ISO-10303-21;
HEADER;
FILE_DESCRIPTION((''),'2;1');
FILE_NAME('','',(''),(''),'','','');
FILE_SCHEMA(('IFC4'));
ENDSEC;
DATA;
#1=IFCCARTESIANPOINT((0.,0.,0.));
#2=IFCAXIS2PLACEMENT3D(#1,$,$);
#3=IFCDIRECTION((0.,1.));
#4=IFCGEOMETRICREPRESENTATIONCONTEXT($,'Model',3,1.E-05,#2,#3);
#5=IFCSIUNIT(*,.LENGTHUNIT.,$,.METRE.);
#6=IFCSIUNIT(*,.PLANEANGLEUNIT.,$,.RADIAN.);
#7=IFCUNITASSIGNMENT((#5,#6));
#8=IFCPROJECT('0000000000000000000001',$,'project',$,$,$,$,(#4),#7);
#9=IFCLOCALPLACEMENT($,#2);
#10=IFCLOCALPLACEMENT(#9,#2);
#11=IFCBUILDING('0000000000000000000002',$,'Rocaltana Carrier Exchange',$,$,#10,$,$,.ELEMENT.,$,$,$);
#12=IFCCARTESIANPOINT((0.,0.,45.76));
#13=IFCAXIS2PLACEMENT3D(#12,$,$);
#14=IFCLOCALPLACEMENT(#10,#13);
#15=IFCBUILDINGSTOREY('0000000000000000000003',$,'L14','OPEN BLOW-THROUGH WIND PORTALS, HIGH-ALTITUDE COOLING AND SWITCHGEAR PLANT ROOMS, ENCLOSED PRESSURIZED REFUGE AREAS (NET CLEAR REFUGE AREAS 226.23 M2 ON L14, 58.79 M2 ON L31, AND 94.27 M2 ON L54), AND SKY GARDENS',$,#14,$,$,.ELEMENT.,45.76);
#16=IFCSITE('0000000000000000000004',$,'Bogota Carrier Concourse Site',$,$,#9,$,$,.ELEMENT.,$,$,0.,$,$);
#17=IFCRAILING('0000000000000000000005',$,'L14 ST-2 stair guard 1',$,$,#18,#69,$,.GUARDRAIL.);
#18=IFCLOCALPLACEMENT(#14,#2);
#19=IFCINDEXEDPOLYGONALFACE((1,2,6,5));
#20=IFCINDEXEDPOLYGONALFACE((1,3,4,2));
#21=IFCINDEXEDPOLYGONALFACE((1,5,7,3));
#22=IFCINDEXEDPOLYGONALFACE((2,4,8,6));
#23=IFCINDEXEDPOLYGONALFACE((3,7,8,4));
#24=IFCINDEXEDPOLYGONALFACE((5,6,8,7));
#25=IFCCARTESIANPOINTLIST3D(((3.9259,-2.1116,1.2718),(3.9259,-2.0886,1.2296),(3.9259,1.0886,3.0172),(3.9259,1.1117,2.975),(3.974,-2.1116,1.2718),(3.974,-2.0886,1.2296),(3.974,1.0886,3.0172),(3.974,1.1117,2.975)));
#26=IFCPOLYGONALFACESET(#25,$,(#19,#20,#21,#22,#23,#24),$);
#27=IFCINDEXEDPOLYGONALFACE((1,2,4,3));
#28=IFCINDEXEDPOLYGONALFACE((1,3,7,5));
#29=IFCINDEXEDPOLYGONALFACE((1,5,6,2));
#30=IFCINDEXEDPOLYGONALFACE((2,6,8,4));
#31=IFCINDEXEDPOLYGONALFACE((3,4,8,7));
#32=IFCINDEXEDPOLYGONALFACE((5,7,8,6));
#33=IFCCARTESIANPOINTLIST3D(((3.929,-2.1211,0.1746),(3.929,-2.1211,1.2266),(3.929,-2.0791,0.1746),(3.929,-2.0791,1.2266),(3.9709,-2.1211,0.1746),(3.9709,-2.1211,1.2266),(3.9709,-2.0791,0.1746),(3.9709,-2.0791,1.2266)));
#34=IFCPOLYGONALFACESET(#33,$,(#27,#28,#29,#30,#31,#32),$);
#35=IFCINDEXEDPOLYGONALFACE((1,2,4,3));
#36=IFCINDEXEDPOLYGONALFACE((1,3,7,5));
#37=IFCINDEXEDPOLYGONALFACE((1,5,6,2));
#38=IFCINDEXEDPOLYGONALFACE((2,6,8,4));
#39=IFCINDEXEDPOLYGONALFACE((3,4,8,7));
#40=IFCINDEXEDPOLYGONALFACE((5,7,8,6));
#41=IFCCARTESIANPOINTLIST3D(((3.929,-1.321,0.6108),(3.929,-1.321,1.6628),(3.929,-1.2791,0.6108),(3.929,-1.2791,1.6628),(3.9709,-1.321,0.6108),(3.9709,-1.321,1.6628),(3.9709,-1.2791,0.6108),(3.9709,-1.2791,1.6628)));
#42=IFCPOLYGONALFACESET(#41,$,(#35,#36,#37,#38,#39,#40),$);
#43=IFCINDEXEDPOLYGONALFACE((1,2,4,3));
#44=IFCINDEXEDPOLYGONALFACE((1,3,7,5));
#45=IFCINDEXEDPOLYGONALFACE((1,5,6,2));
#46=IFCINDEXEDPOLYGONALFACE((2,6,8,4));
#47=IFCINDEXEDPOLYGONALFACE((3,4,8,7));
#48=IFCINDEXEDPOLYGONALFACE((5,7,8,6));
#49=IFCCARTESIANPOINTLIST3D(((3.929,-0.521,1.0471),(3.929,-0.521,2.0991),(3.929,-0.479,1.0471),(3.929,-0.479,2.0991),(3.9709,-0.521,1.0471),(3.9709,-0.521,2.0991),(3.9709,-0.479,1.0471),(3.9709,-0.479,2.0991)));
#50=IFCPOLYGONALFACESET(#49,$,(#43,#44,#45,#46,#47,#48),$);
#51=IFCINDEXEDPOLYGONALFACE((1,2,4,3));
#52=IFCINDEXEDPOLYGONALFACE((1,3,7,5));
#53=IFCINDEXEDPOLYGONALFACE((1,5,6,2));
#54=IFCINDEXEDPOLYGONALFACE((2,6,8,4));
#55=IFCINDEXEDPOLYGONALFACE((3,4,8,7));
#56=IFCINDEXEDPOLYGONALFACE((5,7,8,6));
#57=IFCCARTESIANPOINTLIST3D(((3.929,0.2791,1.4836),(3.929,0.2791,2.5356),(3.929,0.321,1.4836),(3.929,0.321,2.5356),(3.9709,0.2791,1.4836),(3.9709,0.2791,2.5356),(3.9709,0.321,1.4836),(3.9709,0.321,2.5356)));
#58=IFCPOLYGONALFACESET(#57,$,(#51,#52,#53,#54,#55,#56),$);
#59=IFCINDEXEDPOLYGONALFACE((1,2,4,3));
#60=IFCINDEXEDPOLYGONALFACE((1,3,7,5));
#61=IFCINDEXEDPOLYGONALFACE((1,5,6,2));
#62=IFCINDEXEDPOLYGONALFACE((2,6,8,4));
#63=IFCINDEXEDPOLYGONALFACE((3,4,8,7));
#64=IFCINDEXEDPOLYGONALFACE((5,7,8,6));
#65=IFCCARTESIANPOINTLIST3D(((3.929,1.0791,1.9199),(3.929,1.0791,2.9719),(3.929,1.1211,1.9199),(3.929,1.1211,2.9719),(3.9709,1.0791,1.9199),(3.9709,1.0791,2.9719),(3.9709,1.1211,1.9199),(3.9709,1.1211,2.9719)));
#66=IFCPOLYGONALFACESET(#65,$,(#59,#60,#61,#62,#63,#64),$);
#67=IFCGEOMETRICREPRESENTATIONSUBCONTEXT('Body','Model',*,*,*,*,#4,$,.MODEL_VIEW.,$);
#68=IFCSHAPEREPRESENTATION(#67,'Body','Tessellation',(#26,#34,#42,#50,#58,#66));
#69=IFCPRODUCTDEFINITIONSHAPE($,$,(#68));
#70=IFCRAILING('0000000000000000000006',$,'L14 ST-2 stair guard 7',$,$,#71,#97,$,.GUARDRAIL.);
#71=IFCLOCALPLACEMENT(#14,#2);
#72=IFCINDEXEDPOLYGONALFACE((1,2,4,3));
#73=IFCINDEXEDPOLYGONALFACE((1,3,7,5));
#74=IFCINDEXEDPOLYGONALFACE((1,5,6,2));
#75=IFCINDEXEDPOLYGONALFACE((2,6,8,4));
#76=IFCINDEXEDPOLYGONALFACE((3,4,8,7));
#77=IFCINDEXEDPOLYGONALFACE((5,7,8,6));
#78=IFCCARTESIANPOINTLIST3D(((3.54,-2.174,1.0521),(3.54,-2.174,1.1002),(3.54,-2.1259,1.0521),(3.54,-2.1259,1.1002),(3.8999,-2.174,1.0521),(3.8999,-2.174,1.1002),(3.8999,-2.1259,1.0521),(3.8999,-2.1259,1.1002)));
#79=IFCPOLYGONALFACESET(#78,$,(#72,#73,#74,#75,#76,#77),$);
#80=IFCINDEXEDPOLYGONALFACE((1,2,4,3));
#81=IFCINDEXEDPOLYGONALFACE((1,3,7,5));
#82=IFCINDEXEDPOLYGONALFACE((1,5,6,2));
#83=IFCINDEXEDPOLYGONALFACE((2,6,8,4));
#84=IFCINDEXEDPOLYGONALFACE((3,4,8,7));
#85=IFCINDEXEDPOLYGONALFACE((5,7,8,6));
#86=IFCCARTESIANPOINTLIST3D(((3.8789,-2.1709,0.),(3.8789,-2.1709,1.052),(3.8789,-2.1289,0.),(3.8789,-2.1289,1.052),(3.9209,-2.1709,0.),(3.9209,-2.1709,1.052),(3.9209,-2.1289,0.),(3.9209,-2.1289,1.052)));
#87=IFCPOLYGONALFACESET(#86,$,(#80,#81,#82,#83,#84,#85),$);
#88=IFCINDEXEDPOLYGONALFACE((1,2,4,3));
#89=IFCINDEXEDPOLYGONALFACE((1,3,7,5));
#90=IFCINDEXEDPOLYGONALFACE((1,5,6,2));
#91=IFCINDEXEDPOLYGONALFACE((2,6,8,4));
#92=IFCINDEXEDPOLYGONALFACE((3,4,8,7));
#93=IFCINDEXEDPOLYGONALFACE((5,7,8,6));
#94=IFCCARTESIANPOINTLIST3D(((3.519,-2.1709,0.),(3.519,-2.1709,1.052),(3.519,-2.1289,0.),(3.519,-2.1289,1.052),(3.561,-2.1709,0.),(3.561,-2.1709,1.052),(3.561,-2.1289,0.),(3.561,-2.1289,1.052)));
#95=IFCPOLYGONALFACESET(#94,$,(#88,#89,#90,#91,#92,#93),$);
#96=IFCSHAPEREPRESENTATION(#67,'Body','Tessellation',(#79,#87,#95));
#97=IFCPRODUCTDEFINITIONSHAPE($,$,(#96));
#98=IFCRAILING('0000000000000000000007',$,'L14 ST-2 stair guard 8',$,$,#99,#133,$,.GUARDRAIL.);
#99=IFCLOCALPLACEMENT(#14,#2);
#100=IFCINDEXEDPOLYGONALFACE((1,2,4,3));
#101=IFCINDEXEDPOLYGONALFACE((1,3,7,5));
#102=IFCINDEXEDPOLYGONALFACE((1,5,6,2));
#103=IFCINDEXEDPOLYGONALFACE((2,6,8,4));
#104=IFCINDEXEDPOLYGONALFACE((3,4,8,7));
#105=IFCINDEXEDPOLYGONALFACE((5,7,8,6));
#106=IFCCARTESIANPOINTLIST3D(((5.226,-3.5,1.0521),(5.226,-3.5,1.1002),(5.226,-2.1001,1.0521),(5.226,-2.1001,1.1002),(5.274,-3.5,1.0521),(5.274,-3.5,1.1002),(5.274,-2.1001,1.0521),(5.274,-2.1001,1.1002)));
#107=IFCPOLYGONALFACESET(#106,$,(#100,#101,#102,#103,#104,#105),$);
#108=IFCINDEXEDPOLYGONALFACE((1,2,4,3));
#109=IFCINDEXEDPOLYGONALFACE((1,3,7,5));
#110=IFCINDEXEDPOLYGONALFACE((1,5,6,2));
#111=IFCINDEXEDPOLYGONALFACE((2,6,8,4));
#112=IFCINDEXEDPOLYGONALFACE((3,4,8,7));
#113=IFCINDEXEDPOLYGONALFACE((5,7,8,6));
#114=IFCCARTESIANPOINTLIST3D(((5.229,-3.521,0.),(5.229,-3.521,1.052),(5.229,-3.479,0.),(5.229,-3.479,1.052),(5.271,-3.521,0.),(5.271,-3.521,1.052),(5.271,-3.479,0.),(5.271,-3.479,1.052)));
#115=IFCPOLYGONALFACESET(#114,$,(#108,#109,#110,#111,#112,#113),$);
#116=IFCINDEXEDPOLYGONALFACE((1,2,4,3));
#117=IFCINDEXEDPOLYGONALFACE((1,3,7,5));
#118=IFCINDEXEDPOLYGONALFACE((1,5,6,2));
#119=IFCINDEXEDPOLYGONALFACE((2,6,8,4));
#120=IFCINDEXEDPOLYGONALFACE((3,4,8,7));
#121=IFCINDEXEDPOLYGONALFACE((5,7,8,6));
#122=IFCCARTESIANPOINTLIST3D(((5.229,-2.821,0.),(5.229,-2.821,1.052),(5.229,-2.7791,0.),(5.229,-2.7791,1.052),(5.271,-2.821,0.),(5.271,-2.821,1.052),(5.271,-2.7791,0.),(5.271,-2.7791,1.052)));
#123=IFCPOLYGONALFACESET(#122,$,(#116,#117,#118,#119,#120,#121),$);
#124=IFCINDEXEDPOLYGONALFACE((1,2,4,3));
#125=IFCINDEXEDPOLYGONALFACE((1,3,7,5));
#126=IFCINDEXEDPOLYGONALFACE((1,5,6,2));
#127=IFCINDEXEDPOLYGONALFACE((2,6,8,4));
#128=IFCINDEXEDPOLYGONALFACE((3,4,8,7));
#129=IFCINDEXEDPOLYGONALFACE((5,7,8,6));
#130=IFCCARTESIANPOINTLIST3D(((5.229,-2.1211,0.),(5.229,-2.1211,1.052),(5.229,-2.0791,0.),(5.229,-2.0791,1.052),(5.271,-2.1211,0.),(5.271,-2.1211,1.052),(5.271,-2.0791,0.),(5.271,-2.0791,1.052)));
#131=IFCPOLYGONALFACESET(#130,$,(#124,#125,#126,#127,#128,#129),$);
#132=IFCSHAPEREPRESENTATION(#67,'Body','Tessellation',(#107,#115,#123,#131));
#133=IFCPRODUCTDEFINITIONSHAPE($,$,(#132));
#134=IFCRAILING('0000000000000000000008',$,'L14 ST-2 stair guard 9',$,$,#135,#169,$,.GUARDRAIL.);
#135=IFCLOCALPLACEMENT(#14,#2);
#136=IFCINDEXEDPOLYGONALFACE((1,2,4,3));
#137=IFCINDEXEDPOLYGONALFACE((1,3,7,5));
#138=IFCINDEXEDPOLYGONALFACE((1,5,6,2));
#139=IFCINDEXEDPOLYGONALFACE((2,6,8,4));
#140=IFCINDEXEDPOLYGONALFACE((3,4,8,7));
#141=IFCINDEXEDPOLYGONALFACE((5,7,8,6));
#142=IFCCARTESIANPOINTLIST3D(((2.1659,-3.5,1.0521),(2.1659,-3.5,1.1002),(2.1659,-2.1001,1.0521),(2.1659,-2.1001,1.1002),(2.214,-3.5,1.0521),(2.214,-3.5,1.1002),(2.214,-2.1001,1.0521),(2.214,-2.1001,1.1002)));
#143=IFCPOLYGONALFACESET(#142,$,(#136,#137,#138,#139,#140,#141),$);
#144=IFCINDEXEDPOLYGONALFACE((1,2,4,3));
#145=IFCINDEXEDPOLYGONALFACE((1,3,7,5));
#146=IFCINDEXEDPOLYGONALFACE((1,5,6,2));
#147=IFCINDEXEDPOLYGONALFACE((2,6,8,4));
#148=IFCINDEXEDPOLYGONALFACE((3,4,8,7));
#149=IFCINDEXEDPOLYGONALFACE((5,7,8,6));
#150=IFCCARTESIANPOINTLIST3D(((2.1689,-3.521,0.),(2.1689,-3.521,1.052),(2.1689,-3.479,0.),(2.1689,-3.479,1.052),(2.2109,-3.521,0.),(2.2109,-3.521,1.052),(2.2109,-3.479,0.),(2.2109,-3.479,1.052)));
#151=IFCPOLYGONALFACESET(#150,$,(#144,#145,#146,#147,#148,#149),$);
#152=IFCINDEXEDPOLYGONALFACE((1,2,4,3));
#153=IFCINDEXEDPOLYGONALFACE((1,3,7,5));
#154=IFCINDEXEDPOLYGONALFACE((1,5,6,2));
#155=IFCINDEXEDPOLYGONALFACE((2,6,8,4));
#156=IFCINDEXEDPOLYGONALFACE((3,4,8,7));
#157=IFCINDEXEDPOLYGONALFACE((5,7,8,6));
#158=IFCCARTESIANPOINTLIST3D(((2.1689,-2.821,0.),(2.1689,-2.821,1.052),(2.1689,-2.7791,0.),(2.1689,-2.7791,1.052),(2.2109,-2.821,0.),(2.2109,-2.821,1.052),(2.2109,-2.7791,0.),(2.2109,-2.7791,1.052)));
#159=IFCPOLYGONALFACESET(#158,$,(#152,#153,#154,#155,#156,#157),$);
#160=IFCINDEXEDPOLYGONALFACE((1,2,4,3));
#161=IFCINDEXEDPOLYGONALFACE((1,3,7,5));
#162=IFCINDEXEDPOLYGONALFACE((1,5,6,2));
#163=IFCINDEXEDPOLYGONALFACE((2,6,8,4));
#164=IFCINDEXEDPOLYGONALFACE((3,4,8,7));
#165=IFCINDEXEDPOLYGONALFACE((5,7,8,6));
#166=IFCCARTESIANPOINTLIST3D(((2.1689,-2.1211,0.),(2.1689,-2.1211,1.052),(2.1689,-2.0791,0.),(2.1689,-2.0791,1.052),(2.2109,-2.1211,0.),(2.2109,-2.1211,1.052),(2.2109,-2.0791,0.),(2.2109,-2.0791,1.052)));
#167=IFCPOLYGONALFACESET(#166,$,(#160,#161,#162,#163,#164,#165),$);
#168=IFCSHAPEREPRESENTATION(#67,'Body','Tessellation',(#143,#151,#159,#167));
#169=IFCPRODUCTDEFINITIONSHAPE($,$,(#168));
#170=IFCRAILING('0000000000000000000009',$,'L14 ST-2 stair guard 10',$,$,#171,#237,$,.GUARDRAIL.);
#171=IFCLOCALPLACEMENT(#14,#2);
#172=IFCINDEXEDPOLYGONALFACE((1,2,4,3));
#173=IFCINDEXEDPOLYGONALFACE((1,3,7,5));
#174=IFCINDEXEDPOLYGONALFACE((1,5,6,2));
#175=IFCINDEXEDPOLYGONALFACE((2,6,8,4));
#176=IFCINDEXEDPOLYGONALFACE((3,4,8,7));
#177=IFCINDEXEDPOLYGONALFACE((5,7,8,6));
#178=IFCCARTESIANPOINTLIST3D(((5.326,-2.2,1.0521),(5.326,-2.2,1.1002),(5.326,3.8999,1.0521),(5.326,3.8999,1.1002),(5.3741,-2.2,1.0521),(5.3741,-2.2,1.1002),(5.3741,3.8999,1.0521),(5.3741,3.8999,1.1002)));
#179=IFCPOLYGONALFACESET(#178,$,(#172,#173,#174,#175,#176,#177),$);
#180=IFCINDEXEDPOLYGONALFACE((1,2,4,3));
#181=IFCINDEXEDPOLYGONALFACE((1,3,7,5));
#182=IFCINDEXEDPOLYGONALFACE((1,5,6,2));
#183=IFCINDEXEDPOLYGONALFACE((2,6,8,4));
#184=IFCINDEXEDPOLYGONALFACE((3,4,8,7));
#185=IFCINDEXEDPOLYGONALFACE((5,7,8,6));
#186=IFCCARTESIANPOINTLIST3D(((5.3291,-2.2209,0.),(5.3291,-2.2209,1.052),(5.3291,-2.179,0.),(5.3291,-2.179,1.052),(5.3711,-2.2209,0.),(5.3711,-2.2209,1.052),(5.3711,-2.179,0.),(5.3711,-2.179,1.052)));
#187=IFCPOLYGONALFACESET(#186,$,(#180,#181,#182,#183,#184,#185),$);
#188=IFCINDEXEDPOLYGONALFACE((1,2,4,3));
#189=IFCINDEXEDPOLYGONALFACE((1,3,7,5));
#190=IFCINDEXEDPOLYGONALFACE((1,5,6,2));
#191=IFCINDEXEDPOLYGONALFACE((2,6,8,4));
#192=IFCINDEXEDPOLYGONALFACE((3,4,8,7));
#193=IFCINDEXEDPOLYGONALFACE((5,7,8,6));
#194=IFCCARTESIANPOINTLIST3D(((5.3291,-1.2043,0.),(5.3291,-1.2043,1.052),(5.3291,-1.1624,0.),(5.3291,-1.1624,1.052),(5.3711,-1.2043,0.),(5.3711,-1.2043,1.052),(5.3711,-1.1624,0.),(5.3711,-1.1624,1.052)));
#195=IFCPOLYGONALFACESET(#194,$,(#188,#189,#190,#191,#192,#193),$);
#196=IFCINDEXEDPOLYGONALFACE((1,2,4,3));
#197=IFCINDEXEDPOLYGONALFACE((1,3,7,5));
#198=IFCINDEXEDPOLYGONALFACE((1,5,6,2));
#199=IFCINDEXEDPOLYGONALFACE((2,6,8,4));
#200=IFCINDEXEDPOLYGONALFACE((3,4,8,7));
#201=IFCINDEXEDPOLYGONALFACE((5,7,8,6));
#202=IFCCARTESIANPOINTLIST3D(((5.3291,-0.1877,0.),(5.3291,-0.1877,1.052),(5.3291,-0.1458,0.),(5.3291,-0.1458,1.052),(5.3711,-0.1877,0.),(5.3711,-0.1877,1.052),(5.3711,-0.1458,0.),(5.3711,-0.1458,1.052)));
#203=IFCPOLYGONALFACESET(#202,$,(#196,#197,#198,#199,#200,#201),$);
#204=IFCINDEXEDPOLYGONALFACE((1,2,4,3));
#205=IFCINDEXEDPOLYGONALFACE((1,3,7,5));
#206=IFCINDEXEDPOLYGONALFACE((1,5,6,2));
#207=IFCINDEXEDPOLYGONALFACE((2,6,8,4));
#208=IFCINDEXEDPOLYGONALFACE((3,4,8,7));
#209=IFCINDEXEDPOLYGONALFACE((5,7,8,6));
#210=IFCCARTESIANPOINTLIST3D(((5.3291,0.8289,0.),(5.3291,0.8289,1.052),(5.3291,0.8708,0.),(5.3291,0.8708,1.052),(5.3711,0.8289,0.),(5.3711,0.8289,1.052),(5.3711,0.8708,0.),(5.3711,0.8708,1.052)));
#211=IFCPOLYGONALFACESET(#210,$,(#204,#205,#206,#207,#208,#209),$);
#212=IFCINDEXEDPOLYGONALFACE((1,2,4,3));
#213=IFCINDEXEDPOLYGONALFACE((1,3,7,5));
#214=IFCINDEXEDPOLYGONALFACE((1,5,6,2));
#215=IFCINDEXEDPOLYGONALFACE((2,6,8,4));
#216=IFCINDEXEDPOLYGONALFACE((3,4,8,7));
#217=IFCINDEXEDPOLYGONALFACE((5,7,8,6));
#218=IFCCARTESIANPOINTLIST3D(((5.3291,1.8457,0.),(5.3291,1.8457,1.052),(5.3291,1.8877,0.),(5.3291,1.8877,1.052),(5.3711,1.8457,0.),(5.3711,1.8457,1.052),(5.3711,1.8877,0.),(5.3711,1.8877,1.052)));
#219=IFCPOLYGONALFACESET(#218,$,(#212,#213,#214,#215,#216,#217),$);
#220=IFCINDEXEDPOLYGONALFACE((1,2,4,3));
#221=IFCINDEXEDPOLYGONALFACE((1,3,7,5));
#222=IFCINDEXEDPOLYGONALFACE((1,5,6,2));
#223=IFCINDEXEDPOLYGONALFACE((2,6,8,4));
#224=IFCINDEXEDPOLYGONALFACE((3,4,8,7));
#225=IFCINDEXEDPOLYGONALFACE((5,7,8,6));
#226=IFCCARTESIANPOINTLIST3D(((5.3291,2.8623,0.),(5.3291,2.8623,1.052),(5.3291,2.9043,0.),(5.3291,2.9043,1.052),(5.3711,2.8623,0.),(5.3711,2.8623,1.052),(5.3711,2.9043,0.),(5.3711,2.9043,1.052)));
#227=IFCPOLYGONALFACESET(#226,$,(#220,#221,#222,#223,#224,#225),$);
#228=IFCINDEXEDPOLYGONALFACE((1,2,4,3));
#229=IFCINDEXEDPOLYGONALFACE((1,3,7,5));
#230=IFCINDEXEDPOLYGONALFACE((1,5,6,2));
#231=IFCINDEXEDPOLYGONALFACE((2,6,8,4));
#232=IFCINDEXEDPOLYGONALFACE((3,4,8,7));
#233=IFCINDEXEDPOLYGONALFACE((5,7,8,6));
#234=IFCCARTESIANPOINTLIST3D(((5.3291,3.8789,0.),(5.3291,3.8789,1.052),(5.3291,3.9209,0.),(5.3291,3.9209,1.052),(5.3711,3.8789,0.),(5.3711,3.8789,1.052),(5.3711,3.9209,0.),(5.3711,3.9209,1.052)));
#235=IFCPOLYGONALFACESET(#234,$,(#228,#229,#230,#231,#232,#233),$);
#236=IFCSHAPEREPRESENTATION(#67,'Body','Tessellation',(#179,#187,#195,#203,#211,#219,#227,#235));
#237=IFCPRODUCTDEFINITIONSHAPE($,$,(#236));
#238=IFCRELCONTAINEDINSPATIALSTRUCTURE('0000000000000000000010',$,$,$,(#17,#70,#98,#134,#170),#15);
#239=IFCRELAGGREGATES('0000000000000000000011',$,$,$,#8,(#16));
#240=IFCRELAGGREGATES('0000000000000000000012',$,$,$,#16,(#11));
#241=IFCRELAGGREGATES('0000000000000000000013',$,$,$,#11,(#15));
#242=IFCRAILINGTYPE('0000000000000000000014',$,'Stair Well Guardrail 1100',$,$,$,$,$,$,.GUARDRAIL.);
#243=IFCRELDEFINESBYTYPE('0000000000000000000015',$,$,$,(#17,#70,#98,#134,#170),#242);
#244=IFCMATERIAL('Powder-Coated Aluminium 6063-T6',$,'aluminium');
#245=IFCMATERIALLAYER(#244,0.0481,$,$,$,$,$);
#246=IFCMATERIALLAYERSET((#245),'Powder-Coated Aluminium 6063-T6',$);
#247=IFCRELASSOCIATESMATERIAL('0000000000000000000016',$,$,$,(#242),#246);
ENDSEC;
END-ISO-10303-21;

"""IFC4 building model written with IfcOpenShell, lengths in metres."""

from ifc_helpers import new_model, si_unit, direction, frame, origin, origin_2d, place, context, subcontext, project, spatial, rectangle, extrude, material, layer, layer_set, type_object, element, save


model = new_model("IFC4")

# Units and contexts
model_context = context("Model", 3, precision=1e-05, world=origin(), true_north=direction((0.0, 1.0)))
body_context = subcontext(model_context, "Body", "Model", "MODEL_VIEW")
ifc_project = project(units=[si_unit("LENGTHUNIT", "METRE"), si_unit("PLANEANGLEUNIT", "RADIAN")], contexts=[model_context])

# Site, building, storey
site_placement = place(None, origin())
site = spatial("IfcSite", under=ifc_project, at=site_placement, Name="Bogota Carrier Concourse Site", CompositionType="ELEMENT", RefElevation=0.0)
building_placement = place(site_placement, origin())
building = spatial("IfcBuilding", under=site, at=building_placement, Name="Rocaltana Carrier Exchange", CompositionType="ELEMENT")
storey_placement = place(building_placement, frame((0.0, 0.0, 45.76)))
storey = spatial("IfcBuildingStorey", under=building, at=storey_placement, Name="L14", Description="OPEN BLOW-THROUGH WIND PORTALS, HIGH-ALTITUDE COOLING AND SWITCHGEAR PLANT ROOMS, ENCLOSED PRESSURIZED REFUGE AREAS (NET CLEAR REFUGE AREAS 226.23 M2 ON L14, 58.79 M2 ON L31, AND 94.27 M2 ON L54), AND SKY GARDENS", CompositionType="ELEMENT", Elevation=45.76)

# Railings
ifc_material_1 = material(Name="Powder-Coated Aluminium 6063-T6", Category="aluminium")
ifc_layer_1 = layer(ifc_material_1, 0.0481)
ifc_layer_set_1 = layer_set([ifc_layer_1], Name="Powder-Coated Aluminium 6063-T6")
railing_type_1 = type_object("IfcRailingType", Name="Stair Well Guardrail 1100", PredefinedType="GUARDRAIL", material=ifc_layer_set_1)
railing_1_placement = place(storey_placement, frame((3.95, -2.1001, 0.1746)))
element("IfcRailing", 1, at=railing_1_placement, inside=storey, type_object=railing_type_1, Name="L14 ST-2 stair guard 1", PredefinedType="GUARDRAIL", context=body_context, shape_type="SweptSolid", body=[
    extrude(rectangle(XDim=0.0481, YDim=0.0481, at=origin_2d()), frame((0.0, 0.0, 1.0762), z_axis=(0.0, 0.877919, 0.47881), x_axis=(-1.0, 0.0, 0.0)), (0.0, 0.0, 1.0), 3.6453),
    extrude(rectangle(XDim=0.042, YDim=0.042, at=origin_2d()), origin(), (0.0, 0.0, 1.0), 1.052),
    extrude(rectangle(XDim=0.042, YDim=0.042, at=origin_2d()), frame((0.0, 0.8, 0.4363)), (0.0, 0.0, 1.0), 1.052),
    extrude(rectangle(XDim=0.042, YDim=0.042, at=origin_2d()), frame((0.0, 1.6001, 0.8726)), (0.0, 0.0, 1.0), 1.052),
    extrude(rectangle(XDim=0.042, YDim=0.042, at=origin_2d()), frame((0.0, 2.4001, 1.3091)), (0.0, 0.0, 1.0), 1.052),
    extrude(rectangle(XDim=0.042, YDim=0.042, at=origin_2d()), frame((0.0, 3.2002, 1.7454)), (0.0, 0.0, 1.0), 1.052),
])
railing_2_placement = place(storey_placement, frame((3.8999, -2.1499, 0.0)))
element("IfcRailing", 2, at=railing_2_placement, inside=storey, type_object=railing_type_1, Name="L14 ST-2 stair guard 7", PredefinedType="GUARDRAIL", context=body_context, shape_type="SweptSolid", body=[
    extrude(rectangle(XDim=0.0481, YDim=0.0481, at=origin_2d()), frame((0.0, 0.0, 1.0762), z_axis=(-1.0, 0.0, 0.0), x_axis=(0.0, -1.0, 0.0)), (0.0, 0.0, 1.0), 0.3599),
    extrude(rectangle(XDim=0.042, YDim=0.042, at=origin_2d()), origin(), (0.0, 0.0, 1.0), 1.052),
    extrude(rectangle(XDim=0.042, YDim=0.042, at=origin_2d()), frame((-0.3599, 0.0, 0.0)), (0.0, 0.0, 1.0), 1.052),
])
for number, where, name in (
    (3, (5.25, -3.5, 0.0), "L14 ST-2 stair guard 8"),
    (4, (2.1899, -3.5, 0.0), "L14 ST-2 stair guard 9"),
):
    element("IfcRailing", number, at=place(storey_placement, frame(where)), inside=storey, type_object=railing_type_1, Name=name, PredefinedType="GUARDRAIL", context=body_context, shape_type="SweptSolid", body=[
        extrude(rectangle(XDim=0.0481, YDim=0.0481, at=origin_2d()), frame((0.0, 0.0, 1.0762), z_axis=(0.0, 1.0, 0.0), x_axis=(-1.0, 0.0, 0.0)), (0.0, 0.0, 1.0), 1.3999),
        extrude(rectangle(XDim=0.042, YDim=0.042, at=origin_2d()), origin(), (0.0, 0.0, 1.0), 1.052),
        extrude(rectangle(XDim=0.042, YDim=0.042, at=origin_2d()), frame((0.0, 0.7, 0.0)), (0.0, 0.0, 1.0), 1.052),
        extrude(rectangle(XDim=0.042, YDim=0.042, at=origin_2d()), frame((0.0, 1.3999, 0.0)), (0.0, 0.0, 1.0), 1.052),
    ])
for number, where, name in (
    (5, (5.3501, -2.2, 0.0), "L14 ST-2 stair guard 10"),
):
    element("IfcRailing", number, at=place(storey_placement, frame(where)), inside=storey, type_object=railing_type_1, Name=name, PredefinedType="GUARDRAIL", context=body_context, shape_type="SweptSolid", body=[
        extrude(rectangle(XDim=0.0481, YDim=0.0481, at=origin_2d()), frame((0.0, 0.0, 1.0762), z_axis=(0.0, 1.0, 0.0), x_axis=(-1.0, 0.0, 0.0)), (0.0, 0.0, 1.0), 6.0999),
        extrude(rectangle(XDim=0.042, YDim=0.042, at=origin_2d()), origin(), (0.0, 0.0, 1.0), 1.052),
        extrude(rectangle(XDim=0.042, YDim=0.042, at=origin_2d()), frame((0.0, 1.0166, 0.0)), (0.0, 0.0, 1.0), 1.052),
        extrude(rectangle(XDim=0.042, YDim=0.042, at=origin_2d()), frame((0.0, 2.0332, 0.0)), (0.0, 0.0, 1.0), 1.052),
        extrude(rectangle(XDim=0.042, YDim=0.042, at=origin_2d()), frame((0.0, 3.0498, 0.0)), (0.0, 0.0, 1.0), 1.052),
        extrude(rectangle(XDim=0.042, YDim=0.042, at=origin_2d()), frame((0.0, 4.0667, 0.0)), (0.0, 0.0, 1.0), 1.052),
        extrude(rectangle(XDim=0.042, YDim=0.042, at=origin_2d()), frame((0.0, 5.0833, 0.0)), (0.0, 0.0, 1.0), 1.052),
        extrude(rectangle(XDim=0.042, YDim=0.042, at=origin_2d()), frame((0.0, 6.0999, 0.0)), (0.0, 0.0, 1.0), 1.052),
    ])

save(model, "model.ifc")
